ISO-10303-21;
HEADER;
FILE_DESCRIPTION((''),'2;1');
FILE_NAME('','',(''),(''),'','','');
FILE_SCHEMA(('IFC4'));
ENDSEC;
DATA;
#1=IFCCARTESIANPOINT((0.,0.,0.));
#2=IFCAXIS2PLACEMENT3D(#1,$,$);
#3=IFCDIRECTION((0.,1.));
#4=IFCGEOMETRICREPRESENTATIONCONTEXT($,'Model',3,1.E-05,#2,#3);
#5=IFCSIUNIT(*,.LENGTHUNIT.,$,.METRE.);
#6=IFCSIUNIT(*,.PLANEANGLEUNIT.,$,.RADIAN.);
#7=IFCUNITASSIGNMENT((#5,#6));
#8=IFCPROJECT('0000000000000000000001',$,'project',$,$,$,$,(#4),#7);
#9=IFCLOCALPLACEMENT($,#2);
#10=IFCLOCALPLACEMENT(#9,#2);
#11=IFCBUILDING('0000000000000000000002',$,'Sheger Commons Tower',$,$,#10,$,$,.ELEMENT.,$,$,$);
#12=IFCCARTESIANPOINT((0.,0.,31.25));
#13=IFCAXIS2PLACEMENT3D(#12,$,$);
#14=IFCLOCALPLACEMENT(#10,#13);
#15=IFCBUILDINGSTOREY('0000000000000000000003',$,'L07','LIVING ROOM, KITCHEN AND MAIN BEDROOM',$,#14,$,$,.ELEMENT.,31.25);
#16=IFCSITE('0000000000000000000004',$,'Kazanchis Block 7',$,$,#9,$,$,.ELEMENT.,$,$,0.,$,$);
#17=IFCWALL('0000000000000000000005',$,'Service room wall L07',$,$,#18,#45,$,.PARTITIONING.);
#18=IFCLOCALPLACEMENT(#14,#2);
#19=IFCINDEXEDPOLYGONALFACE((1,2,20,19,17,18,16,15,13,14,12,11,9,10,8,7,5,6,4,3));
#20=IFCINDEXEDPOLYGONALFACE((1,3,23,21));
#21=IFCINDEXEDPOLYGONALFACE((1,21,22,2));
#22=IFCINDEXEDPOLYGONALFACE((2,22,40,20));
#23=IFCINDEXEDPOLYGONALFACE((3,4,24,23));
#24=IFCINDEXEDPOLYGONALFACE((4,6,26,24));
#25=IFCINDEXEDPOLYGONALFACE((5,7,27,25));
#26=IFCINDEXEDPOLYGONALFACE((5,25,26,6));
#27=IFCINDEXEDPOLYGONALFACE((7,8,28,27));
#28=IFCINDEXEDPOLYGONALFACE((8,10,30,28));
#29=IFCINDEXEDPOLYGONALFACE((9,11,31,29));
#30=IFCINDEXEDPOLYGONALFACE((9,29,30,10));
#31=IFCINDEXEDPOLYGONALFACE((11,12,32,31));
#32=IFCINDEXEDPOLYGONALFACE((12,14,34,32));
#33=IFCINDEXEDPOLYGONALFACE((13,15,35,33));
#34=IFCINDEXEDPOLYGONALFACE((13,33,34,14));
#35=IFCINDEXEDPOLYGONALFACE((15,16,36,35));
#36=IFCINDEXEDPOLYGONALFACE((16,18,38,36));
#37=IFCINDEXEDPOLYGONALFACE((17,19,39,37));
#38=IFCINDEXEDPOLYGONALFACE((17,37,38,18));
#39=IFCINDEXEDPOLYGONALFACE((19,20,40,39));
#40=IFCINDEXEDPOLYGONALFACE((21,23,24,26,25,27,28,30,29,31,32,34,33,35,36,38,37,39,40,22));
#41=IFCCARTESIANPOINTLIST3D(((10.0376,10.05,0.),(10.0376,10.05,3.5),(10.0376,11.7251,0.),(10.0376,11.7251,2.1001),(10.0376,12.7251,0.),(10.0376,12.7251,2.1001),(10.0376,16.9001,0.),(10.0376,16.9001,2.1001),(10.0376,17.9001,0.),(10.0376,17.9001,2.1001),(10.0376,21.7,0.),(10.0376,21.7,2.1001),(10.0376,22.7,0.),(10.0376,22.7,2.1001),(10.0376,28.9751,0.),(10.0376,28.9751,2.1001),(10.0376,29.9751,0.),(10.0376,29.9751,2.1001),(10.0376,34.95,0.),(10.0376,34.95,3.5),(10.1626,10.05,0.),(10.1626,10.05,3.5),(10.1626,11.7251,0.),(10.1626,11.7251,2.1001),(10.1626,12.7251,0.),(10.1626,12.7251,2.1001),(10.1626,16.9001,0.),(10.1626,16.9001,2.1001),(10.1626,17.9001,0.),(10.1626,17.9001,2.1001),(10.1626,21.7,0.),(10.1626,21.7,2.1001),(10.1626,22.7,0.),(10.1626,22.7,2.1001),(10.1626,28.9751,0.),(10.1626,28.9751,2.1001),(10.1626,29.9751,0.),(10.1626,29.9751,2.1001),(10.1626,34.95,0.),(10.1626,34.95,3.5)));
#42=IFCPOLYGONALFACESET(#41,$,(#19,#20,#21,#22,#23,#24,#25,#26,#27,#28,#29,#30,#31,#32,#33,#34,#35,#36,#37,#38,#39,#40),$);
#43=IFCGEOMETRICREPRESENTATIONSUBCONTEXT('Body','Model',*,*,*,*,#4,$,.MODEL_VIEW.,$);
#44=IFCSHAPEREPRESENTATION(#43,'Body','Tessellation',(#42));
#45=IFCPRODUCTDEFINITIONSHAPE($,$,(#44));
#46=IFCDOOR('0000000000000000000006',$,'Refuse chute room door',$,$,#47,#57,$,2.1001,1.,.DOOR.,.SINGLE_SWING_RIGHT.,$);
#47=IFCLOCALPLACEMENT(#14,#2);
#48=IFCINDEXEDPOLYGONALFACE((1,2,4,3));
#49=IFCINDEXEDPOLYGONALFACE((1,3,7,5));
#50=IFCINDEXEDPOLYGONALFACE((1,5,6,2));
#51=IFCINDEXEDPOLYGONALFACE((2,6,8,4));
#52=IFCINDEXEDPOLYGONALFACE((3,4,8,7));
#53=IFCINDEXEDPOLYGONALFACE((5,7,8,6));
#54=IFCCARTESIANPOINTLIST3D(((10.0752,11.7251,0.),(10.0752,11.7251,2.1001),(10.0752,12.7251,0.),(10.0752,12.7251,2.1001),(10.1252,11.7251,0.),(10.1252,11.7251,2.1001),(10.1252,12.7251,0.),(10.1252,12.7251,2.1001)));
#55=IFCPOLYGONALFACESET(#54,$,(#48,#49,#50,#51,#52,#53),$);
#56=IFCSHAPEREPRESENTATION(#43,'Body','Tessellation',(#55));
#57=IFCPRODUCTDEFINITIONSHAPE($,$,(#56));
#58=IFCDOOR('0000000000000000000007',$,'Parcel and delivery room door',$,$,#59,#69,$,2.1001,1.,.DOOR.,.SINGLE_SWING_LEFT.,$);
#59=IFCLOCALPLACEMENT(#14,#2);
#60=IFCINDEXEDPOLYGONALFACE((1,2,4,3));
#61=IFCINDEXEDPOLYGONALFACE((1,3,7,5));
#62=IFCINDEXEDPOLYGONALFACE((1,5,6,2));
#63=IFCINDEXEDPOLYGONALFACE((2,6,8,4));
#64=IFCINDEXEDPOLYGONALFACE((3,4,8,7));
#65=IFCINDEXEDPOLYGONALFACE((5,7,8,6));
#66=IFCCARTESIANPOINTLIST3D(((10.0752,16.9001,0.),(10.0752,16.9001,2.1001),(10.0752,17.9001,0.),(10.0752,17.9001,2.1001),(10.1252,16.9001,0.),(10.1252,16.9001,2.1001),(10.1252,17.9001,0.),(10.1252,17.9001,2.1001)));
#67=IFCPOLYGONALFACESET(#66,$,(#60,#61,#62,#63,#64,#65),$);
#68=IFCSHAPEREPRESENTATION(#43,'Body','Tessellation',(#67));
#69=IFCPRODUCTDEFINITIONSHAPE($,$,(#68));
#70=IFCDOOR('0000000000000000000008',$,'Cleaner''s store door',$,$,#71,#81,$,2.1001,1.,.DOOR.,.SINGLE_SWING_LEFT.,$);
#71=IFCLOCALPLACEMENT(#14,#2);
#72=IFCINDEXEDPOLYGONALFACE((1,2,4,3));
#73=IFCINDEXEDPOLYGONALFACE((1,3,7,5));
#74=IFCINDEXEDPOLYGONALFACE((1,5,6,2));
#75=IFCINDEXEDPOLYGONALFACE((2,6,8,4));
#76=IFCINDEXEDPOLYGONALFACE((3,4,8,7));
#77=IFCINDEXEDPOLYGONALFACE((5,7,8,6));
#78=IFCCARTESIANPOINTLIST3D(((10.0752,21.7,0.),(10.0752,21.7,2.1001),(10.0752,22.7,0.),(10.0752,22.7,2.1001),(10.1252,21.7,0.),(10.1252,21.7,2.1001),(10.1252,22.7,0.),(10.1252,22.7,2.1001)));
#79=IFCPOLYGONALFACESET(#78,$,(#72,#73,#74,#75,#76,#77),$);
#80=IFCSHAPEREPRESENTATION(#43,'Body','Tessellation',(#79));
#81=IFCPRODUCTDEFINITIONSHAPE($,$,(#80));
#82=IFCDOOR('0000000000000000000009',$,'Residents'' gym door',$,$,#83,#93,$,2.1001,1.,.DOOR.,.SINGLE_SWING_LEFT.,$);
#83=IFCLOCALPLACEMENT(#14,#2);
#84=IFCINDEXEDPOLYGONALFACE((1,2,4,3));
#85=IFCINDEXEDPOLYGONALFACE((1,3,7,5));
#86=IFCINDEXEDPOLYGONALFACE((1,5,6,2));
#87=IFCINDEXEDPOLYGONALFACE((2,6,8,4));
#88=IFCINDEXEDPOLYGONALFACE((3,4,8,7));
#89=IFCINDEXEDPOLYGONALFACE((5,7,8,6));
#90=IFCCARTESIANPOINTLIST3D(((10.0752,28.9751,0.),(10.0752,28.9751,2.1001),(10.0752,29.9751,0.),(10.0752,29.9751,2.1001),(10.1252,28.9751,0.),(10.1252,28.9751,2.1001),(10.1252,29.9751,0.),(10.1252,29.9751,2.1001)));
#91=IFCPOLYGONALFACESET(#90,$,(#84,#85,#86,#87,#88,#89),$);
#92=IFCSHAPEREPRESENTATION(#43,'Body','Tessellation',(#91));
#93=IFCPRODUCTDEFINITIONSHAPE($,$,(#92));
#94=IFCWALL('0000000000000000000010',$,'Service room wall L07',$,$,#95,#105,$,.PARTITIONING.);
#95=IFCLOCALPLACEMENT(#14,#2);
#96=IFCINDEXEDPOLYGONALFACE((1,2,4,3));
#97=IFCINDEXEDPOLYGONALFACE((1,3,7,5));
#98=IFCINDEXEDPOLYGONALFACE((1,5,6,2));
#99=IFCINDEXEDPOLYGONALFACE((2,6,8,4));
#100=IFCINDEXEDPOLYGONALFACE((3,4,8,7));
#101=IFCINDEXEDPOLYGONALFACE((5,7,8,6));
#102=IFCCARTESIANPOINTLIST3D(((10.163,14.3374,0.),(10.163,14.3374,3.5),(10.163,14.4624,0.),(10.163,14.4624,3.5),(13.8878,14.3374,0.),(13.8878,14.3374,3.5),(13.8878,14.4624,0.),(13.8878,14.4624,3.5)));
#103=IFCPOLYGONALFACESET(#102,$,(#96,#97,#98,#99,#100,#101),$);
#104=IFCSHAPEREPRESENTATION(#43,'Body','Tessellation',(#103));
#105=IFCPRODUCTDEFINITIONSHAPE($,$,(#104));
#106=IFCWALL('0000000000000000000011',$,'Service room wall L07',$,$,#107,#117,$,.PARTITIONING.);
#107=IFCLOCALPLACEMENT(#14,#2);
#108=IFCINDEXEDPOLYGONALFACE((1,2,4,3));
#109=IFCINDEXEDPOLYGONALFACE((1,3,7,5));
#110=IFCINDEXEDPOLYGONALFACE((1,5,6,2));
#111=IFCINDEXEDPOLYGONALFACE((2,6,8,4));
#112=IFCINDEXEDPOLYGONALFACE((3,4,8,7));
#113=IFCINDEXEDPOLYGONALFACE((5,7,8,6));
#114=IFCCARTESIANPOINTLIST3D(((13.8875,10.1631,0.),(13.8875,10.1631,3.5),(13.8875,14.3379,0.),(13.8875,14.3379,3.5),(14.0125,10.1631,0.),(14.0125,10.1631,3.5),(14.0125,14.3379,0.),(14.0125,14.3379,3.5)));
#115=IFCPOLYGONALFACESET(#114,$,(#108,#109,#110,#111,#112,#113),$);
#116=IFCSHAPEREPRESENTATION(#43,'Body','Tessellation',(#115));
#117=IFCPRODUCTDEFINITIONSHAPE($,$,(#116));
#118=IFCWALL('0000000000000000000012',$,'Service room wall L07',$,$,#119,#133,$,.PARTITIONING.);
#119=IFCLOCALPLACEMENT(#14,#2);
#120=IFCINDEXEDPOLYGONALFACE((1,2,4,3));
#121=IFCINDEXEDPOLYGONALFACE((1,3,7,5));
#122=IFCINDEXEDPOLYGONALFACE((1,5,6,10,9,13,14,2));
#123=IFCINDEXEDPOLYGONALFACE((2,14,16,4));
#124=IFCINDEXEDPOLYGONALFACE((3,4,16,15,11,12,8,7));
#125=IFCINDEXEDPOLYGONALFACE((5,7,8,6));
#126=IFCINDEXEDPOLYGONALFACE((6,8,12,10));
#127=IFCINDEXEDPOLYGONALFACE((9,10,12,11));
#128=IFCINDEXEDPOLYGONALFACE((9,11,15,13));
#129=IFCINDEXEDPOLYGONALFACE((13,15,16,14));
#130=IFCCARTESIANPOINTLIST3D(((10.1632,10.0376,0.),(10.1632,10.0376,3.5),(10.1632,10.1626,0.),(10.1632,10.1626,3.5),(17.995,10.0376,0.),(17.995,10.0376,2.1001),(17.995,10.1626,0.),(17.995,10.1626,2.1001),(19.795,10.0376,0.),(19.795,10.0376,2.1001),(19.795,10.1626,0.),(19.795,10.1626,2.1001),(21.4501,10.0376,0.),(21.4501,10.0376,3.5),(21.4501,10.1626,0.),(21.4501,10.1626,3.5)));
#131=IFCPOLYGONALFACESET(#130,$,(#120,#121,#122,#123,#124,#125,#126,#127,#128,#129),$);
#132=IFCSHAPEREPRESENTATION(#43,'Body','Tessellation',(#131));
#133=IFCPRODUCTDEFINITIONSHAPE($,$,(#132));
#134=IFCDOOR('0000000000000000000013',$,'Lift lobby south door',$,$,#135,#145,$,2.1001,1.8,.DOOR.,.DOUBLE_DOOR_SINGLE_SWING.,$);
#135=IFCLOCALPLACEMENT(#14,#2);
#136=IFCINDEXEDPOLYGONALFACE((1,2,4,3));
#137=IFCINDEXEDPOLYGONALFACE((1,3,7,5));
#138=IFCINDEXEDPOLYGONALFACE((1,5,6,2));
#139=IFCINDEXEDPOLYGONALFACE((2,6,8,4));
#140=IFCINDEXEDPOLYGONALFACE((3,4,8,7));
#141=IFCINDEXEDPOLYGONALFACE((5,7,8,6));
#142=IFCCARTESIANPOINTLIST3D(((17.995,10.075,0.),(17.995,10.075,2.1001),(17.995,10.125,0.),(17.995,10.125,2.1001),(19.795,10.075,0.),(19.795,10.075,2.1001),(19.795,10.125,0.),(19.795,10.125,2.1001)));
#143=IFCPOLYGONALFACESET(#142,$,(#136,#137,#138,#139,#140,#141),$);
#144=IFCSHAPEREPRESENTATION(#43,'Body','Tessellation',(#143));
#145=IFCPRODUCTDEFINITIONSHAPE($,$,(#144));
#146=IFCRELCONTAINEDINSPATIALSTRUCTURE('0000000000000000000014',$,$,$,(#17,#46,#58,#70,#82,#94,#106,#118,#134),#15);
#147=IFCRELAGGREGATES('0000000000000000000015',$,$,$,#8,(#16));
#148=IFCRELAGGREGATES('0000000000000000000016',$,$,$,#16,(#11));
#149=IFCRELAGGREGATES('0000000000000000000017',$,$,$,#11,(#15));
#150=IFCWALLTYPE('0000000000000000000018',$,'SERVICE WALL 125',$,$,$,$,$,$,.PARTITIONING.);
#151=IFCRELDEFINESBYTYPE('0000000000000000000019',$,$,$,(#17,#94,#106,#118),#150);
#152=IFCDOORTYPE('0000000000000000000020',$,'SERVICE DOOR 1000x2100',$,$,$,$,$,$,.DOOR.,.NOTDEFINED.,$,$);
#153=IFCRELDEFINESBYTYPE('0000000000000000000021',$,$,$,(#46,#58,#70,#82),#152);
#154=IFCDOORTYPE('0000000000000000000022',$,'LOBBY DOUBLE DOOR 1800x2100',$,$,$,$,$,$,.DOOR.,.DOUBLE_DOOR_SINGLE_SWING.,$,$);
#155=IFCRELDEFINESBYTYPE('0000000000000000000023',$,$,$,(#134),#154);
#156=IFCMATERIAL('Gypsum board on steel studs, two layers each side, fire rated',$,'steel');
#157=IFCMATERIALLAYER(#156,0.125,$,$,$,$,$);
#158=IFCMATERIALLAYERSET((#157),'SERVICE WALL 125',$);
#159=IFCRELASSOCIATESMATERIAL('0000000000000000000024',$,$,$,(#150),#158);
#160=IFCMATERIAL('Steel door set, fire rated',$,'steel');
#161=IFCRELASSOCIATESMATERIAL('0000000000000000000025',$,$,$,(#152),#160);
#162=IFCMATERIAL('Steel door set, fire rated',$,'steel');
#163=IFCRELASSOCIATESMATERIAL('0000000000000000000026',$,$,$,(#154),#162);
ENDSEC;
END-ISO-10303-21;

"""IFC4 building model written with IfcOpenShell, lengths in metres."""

from ifc_helpers import new_model, si_unit, direction, frame, frame_2d, origin, place, context, subcontext, project, spatial, rectangle, extrude, material, layer, layer_set, type_object, element, fill, save


model = new_model("IFC4")

# Units and contexts
model_context = context("Model", 3, precision=1e-05, world=origin(), true_north=direction((0.0, 1.0)))
body_context = subcontext(model_context, "Body", "Model", "MODEL_VIEW")
ifc_project = project(units=[si_unit("LENGTHUNIT", "METRE"), si_unit("PLANEANGLEUNIT", "RADIAN")], contexts=[model_context])

# Site, building, storey
site_placement = place(None, origin())
site = spatial("IfcSite", under=ifc_project, at=site_placement, Name="Kazanchis Block 7", CompositionType="ELEMENT", RefElevation=0.0)
building_placement = place(site_placement, origin())
building = spatial("IfcBuilding", under=site, at=building_placement, Name="Sheger Commons Tower", CompositionType="ELEMENT")
storey_placement = place(building_placement, frame((0.0, 0.0, 31.25)))
storey = spatial("IfcBuildingStorey", under=building, at=storey_placement, Name="L07", Description="LIVING ROOM, KITCHEN AND MAIN BEDROOM", CompositionType="ELEMENT", Elevation=31.25)

# Wall, openings, doors
ifc_material_1 = material(Name="Gypsum board on steel studs, two layers each side, fire rated", Category="steel")
ifc_layer_1 = layer(ifc_material_1, 0.125)
ifc_layer_set_1 = layer_set([ifc_layer_1], Name="SERVICE WALL 125")
wall_type_1 = type_object("IfcWallType", Name="SERVICE WALL 125", PredefinedType="PARTITIONING", material=ifc_layer_set_1)
wall_1_placement = place(storey_placement, frame((10.1001, 10.05, 0.0), z_axis=(0.0, 0.0, 1.0), x_axis=(0.0, 1.0, 0.0)))
wall_1 = element("IfcWall", 1, at=wall_1_placement, inside=storey, type_object=wall_type_1, Name="Service room wall L07", PredefinedType="PARTITIONING", context=body_context, shape_type="SweptSolid", body=[
    extrude(rectangle(XDim=24.8999, YDim=0.125, at=frame_2d((12.45, 0.0))), origin(), (0.0, 0.0, 1.0), 3.5),
])
opening_1_placement = place(wall_1_placement, frame((1.675, 0.0, 0.0)))
opening_1 = element("IfcOpeningElement", 2, at=opening_1_placement, cuts=wall_1, PredefinedType="OPENING", context=body_context, shape_type="SweptSolid", body=[
    extrude(rectangle(XDim=1.0, YDim=2.1001, at=frame_2d((0.5, 1.05))), frame((0.0, 0.0725, 0.0), z_axis=(0.0, -1.0, 0.0), x_axis=(1.0, 0.0, 0.0)), (0.0, 0.0, 1.0), 0.145),
])
opening_2_placement = place(wall_1_placement, frame((6.8501, 0.0, 0.0)))
opening_2 = element("IfcOpeningElement", 3, at=opening_2_placement, cuts=wall_1, PredefinedType="OPENING", context=body_context, shape_type="SweptSolid", body=[
    extrude(rectangle(XDim=1.0, YDim=2.1001, at=frame_2d((0.5, 1.05))), frame((0.0, 0.0725, 0.0), z_axis=(0.0, -1.0, 0.0), x_axis=(1.0, 0.0, 0.0)), (0.0, 0.0, 1.0), 0.145),
])
opening_3_placement = place(wall_1_placement, frame((11.6499, 0.0, 0.0)))
opening_3 = element("IfcOpeningElement", 4, at=opening_3_placement, cuts=wall_1, PredefinedType="OPENING", context=body_context, shape_type="SweptSolid", body=[
    extrude(rectangle(XDim=1.0, YDim=2.1001, at=frame_2d((0.5, 1.05))), frame((0.0, 0.0725, 0.0), z_axis=(0.0, -1.0, 0.0), x_axis=(1.0, 0.0, 0.0)), (0.0, 0.0, 1.0), 0.145),
])
opening_4_placement = place(wall_1_placement, frame((18.925, 0.0, 0.0)))
opening_4 = element("IfcOpeningElement", 5, at=opening_4_placement, cuts=wall_1, PredefinedType="OPENING", context=body_context, shape_type="SweptSolid", body=[
    extrude(rectangle(XDim=1.0, YDim=2.1001, at=frame_2d((0.5, 1.05))), frame((0.0, 0.0725, 0.0), z_axis=(0.0, -1.0, 0.0), x_axis=(1.0, 0.0, 0.0)), (0.0, 0.0, 1.0), 0.145),
])
ifc_material_2 = material(Name="Steel door set, fire rated", Category="steel")
door_type_1 = type_object("IfcDoorType", Name="SERVICE DOOR 1000x2100", OperationType="NOTDEFINED", PredefinedType="DOOR", material=ifc_material_2)
door_1_placement = place(opening_1_placement, origin())
door_1 = element("IfcDoor", 6, at=door_1_placement, inside=storey, type_object=door_type_1, Name="Refuse chute room door", OperationType="SINGLE_SWING_RIGHT", OverallHeight=2.1001, OverallWidth=1.0, PredefinedType="DOOR", context=body_context, shape_type="SweptSolid", body=[
    extrude(rectangle(XDim=1.0, YDim=2.1001, at=frame_2d((0.5, 1.05))), frame((0.0, 0.0249, 0.0), z_axis=(0.0, -1.0, 0.0), x_axis=(1.0, 0.0, 0.0)), (0.0, 0.0, 1.0), 0.05),
])
fill(opening_1, door_1)
door_2_placement = place(opening_2_placement, origin())
door_2 = element("IfcDoor", 7, at=door_2_placement, inside=storey, type_object=door_type_1, Name="Parcel and delivery room door", OperationType="SINGLE_SWING_LEFT", OverallHeight=2.1001, OverallWidth=1.0, PredefinedType="DOOR", context=body_context, shape_type="SweptSolid", body=[
    extrude(rectangle(XDim=1.0, YDim=2.1001, at=frame_2d((0.5, 1.05))), frame((0.0, 0.0249, 0.0), z_axis=(0.0, -1.0, 0.0), x_axis=(1.0, 0.0, 0.0)), (0.0, 0.0, 1.0), 0.05),
])
fill(opening_2, door_2)
door_3_placement = place(opening_3_placement, origin())
door_3 = element("IfcDoor", 8, at=door_3_placement, inside=storey, type_object=door_type_1, Name="Cleaner's store door", OperationType="SINGLE_SWING_LEFT", OverallHeight=2.1001, OverallWidth=1.0, PredefinedType="DOOR", context=body_context, shape_type="SweptSolid", body=[
    extrude(rectangle(XDim=1.0, YDim=2.1001, at=frame_2d((0.5, 1.05))), frame((0.0, 0.0249, 0.0), z_axis=(0.0, -1.0, 0.0), x_axis=(1.0, 0.0, 0.0)), (0.0, 0.0, 1.0), 0.05),
])
fill(opening_3, door_3)
door_4_placement = place(opening_4_placement, origin())
door_4 = element("IfcDoor", 9, at=door_4_placement, inside=storey, type_object=door_type_1, Name="Residents' gym door", OperationType="SINGLE_SWING_LEFT", OverallHeight=2.1001, OverallWidth=1.0, PredefinedType="DOOR", context=body_context, shape_type="SweptSolid", body=[
    extrude(rectangle(XDim=1.0, YDim=2.1001, at=frame_2d((0.5, 1.05))), frame((0.0, 0.0249, 0.0), z_axis=(0.0, -1.0, 0.0), x_axis=(1.0, 0.0, 0.0)), (0.0, 0.0, 1.0), 0.05),
])
fill(opening_4, door_4)

# Walls
wall_2_placement = place(storey_placement, frame((10.1631, 14.3999, 0.0), z_axis=(0.0, 0.0, 1.0), x_axis=(1.0, 0.0, 0.0)))
element("IfcWall", 10, at=wall_2_placement, inside=storey, type_object=wall_type_1, Name="Service room wall L07", PredefinedType="PARTITIONING", context=body_context, shape_type="SweptSolid", body=[
    extrude(rectangle(XDim=3.7249, YDim=0.125, at=frame_2d((1.8623, 0.0))), origin(), (0.0, 0.0, 1.0), 3.5),
])
wall_3_placement = place(storey_placement, frame((13.95, 10.1631, 0.0), z_axis=(0.0, 0.0, 1.0), x_axis=(0.0, 1.0, 0.0)))
element("IfcWall", 11, at=wall_3_placement, inside=storey, type_object=wall_type_1, Name="Service room wall L07", PredefinedType="PARTITIONING", context=body_context, shape_type="SweptSolid", body=[
    extrude(rectangle(XDim=4.1748, YDim=0.125, at=frame_2d((2.0874, 0.0))), origin(), (0.0, 0.0, 1.0), 3.5),
])

# Wall, opening, door
wall_4_placement = place(storey_placement, frame((10.1631, 10.1001, 0.0), z_axis=(0.0, 0.0, 1.0), x_axis=(1.0, 0.0, 0.0)))
wall_4 = element("IfcWall", 12, at=wall_4_placement, inside=storey, type_object=wall_type_1, Name="Service room wall L07", PredefinedType="PARTITIONING", context=body_context, shape_type="SweptSolid", body=[
    extrude(rectangle(XDim=11.2869, YDim=0.125, at=frame_2d((5.6436, 0.0))), origin(), (0.0, 0.0, 1.0), 3.5),
])
opening_5_placement = place(wall_4_placement, frame((7.832, 0.0, 0.0)))
opening_5 = element("IfcOpeningElement", 13, at=opening_5_placement, cuts=wall_4, PredefinedType="OPENING", context=body_context, shape_type="SweptSolid", body=[
    extrude(rectangle(XDim=1.8, YDim=2.1001, at=frame_2d((0.8999, 1.05))), frame((0.0, 0.0725, 0.0), z_axis=(0.0, -1.0, 0.0), x_axis=(1.0, 0.0, 0.0)), (0.0, 0.0, 1.0), 0.145),
])
ifc_material_3 = material(Name="Steel door set, fire rated", Category="steel")
door_type_2 = type_object("IfcDoorType", Name="LOBBY DOUBLE DOOR 1800x2100", OperationType="DOUBLE_DOOR_SINGLE_SWING", PredefinedType="DOOR", material=ifc_material_3)
door_5_placement = place(opening_5_placement, origin())
door_5 = element("IfcDoor", 14, at=door_5_placement, inside=storey, type_object=door_type_2, Name="Lift lobby south door", OperationType="DOUBLE_DOOR_SINGLE_SWING", OverallHeight=2.1001, OverallWidth=1.8, PredefinedType="DOOR", context=body_context, shape_type="SweptSolid", body=[
    extrude(rectangle(XDim=1.8, YDim=2.1001, at=frame_2d((0.8999, 1.05))), frame((0.0, 0.0249, 0.0), z_axis=(0.0, -1.0, 0.0), x_axis=(1.0, 0.0, 0.0)), (0.0, 0.0, 1.0), 0.05),
])
fill(opening_5, door_5)

save(model, "model.ifc")
